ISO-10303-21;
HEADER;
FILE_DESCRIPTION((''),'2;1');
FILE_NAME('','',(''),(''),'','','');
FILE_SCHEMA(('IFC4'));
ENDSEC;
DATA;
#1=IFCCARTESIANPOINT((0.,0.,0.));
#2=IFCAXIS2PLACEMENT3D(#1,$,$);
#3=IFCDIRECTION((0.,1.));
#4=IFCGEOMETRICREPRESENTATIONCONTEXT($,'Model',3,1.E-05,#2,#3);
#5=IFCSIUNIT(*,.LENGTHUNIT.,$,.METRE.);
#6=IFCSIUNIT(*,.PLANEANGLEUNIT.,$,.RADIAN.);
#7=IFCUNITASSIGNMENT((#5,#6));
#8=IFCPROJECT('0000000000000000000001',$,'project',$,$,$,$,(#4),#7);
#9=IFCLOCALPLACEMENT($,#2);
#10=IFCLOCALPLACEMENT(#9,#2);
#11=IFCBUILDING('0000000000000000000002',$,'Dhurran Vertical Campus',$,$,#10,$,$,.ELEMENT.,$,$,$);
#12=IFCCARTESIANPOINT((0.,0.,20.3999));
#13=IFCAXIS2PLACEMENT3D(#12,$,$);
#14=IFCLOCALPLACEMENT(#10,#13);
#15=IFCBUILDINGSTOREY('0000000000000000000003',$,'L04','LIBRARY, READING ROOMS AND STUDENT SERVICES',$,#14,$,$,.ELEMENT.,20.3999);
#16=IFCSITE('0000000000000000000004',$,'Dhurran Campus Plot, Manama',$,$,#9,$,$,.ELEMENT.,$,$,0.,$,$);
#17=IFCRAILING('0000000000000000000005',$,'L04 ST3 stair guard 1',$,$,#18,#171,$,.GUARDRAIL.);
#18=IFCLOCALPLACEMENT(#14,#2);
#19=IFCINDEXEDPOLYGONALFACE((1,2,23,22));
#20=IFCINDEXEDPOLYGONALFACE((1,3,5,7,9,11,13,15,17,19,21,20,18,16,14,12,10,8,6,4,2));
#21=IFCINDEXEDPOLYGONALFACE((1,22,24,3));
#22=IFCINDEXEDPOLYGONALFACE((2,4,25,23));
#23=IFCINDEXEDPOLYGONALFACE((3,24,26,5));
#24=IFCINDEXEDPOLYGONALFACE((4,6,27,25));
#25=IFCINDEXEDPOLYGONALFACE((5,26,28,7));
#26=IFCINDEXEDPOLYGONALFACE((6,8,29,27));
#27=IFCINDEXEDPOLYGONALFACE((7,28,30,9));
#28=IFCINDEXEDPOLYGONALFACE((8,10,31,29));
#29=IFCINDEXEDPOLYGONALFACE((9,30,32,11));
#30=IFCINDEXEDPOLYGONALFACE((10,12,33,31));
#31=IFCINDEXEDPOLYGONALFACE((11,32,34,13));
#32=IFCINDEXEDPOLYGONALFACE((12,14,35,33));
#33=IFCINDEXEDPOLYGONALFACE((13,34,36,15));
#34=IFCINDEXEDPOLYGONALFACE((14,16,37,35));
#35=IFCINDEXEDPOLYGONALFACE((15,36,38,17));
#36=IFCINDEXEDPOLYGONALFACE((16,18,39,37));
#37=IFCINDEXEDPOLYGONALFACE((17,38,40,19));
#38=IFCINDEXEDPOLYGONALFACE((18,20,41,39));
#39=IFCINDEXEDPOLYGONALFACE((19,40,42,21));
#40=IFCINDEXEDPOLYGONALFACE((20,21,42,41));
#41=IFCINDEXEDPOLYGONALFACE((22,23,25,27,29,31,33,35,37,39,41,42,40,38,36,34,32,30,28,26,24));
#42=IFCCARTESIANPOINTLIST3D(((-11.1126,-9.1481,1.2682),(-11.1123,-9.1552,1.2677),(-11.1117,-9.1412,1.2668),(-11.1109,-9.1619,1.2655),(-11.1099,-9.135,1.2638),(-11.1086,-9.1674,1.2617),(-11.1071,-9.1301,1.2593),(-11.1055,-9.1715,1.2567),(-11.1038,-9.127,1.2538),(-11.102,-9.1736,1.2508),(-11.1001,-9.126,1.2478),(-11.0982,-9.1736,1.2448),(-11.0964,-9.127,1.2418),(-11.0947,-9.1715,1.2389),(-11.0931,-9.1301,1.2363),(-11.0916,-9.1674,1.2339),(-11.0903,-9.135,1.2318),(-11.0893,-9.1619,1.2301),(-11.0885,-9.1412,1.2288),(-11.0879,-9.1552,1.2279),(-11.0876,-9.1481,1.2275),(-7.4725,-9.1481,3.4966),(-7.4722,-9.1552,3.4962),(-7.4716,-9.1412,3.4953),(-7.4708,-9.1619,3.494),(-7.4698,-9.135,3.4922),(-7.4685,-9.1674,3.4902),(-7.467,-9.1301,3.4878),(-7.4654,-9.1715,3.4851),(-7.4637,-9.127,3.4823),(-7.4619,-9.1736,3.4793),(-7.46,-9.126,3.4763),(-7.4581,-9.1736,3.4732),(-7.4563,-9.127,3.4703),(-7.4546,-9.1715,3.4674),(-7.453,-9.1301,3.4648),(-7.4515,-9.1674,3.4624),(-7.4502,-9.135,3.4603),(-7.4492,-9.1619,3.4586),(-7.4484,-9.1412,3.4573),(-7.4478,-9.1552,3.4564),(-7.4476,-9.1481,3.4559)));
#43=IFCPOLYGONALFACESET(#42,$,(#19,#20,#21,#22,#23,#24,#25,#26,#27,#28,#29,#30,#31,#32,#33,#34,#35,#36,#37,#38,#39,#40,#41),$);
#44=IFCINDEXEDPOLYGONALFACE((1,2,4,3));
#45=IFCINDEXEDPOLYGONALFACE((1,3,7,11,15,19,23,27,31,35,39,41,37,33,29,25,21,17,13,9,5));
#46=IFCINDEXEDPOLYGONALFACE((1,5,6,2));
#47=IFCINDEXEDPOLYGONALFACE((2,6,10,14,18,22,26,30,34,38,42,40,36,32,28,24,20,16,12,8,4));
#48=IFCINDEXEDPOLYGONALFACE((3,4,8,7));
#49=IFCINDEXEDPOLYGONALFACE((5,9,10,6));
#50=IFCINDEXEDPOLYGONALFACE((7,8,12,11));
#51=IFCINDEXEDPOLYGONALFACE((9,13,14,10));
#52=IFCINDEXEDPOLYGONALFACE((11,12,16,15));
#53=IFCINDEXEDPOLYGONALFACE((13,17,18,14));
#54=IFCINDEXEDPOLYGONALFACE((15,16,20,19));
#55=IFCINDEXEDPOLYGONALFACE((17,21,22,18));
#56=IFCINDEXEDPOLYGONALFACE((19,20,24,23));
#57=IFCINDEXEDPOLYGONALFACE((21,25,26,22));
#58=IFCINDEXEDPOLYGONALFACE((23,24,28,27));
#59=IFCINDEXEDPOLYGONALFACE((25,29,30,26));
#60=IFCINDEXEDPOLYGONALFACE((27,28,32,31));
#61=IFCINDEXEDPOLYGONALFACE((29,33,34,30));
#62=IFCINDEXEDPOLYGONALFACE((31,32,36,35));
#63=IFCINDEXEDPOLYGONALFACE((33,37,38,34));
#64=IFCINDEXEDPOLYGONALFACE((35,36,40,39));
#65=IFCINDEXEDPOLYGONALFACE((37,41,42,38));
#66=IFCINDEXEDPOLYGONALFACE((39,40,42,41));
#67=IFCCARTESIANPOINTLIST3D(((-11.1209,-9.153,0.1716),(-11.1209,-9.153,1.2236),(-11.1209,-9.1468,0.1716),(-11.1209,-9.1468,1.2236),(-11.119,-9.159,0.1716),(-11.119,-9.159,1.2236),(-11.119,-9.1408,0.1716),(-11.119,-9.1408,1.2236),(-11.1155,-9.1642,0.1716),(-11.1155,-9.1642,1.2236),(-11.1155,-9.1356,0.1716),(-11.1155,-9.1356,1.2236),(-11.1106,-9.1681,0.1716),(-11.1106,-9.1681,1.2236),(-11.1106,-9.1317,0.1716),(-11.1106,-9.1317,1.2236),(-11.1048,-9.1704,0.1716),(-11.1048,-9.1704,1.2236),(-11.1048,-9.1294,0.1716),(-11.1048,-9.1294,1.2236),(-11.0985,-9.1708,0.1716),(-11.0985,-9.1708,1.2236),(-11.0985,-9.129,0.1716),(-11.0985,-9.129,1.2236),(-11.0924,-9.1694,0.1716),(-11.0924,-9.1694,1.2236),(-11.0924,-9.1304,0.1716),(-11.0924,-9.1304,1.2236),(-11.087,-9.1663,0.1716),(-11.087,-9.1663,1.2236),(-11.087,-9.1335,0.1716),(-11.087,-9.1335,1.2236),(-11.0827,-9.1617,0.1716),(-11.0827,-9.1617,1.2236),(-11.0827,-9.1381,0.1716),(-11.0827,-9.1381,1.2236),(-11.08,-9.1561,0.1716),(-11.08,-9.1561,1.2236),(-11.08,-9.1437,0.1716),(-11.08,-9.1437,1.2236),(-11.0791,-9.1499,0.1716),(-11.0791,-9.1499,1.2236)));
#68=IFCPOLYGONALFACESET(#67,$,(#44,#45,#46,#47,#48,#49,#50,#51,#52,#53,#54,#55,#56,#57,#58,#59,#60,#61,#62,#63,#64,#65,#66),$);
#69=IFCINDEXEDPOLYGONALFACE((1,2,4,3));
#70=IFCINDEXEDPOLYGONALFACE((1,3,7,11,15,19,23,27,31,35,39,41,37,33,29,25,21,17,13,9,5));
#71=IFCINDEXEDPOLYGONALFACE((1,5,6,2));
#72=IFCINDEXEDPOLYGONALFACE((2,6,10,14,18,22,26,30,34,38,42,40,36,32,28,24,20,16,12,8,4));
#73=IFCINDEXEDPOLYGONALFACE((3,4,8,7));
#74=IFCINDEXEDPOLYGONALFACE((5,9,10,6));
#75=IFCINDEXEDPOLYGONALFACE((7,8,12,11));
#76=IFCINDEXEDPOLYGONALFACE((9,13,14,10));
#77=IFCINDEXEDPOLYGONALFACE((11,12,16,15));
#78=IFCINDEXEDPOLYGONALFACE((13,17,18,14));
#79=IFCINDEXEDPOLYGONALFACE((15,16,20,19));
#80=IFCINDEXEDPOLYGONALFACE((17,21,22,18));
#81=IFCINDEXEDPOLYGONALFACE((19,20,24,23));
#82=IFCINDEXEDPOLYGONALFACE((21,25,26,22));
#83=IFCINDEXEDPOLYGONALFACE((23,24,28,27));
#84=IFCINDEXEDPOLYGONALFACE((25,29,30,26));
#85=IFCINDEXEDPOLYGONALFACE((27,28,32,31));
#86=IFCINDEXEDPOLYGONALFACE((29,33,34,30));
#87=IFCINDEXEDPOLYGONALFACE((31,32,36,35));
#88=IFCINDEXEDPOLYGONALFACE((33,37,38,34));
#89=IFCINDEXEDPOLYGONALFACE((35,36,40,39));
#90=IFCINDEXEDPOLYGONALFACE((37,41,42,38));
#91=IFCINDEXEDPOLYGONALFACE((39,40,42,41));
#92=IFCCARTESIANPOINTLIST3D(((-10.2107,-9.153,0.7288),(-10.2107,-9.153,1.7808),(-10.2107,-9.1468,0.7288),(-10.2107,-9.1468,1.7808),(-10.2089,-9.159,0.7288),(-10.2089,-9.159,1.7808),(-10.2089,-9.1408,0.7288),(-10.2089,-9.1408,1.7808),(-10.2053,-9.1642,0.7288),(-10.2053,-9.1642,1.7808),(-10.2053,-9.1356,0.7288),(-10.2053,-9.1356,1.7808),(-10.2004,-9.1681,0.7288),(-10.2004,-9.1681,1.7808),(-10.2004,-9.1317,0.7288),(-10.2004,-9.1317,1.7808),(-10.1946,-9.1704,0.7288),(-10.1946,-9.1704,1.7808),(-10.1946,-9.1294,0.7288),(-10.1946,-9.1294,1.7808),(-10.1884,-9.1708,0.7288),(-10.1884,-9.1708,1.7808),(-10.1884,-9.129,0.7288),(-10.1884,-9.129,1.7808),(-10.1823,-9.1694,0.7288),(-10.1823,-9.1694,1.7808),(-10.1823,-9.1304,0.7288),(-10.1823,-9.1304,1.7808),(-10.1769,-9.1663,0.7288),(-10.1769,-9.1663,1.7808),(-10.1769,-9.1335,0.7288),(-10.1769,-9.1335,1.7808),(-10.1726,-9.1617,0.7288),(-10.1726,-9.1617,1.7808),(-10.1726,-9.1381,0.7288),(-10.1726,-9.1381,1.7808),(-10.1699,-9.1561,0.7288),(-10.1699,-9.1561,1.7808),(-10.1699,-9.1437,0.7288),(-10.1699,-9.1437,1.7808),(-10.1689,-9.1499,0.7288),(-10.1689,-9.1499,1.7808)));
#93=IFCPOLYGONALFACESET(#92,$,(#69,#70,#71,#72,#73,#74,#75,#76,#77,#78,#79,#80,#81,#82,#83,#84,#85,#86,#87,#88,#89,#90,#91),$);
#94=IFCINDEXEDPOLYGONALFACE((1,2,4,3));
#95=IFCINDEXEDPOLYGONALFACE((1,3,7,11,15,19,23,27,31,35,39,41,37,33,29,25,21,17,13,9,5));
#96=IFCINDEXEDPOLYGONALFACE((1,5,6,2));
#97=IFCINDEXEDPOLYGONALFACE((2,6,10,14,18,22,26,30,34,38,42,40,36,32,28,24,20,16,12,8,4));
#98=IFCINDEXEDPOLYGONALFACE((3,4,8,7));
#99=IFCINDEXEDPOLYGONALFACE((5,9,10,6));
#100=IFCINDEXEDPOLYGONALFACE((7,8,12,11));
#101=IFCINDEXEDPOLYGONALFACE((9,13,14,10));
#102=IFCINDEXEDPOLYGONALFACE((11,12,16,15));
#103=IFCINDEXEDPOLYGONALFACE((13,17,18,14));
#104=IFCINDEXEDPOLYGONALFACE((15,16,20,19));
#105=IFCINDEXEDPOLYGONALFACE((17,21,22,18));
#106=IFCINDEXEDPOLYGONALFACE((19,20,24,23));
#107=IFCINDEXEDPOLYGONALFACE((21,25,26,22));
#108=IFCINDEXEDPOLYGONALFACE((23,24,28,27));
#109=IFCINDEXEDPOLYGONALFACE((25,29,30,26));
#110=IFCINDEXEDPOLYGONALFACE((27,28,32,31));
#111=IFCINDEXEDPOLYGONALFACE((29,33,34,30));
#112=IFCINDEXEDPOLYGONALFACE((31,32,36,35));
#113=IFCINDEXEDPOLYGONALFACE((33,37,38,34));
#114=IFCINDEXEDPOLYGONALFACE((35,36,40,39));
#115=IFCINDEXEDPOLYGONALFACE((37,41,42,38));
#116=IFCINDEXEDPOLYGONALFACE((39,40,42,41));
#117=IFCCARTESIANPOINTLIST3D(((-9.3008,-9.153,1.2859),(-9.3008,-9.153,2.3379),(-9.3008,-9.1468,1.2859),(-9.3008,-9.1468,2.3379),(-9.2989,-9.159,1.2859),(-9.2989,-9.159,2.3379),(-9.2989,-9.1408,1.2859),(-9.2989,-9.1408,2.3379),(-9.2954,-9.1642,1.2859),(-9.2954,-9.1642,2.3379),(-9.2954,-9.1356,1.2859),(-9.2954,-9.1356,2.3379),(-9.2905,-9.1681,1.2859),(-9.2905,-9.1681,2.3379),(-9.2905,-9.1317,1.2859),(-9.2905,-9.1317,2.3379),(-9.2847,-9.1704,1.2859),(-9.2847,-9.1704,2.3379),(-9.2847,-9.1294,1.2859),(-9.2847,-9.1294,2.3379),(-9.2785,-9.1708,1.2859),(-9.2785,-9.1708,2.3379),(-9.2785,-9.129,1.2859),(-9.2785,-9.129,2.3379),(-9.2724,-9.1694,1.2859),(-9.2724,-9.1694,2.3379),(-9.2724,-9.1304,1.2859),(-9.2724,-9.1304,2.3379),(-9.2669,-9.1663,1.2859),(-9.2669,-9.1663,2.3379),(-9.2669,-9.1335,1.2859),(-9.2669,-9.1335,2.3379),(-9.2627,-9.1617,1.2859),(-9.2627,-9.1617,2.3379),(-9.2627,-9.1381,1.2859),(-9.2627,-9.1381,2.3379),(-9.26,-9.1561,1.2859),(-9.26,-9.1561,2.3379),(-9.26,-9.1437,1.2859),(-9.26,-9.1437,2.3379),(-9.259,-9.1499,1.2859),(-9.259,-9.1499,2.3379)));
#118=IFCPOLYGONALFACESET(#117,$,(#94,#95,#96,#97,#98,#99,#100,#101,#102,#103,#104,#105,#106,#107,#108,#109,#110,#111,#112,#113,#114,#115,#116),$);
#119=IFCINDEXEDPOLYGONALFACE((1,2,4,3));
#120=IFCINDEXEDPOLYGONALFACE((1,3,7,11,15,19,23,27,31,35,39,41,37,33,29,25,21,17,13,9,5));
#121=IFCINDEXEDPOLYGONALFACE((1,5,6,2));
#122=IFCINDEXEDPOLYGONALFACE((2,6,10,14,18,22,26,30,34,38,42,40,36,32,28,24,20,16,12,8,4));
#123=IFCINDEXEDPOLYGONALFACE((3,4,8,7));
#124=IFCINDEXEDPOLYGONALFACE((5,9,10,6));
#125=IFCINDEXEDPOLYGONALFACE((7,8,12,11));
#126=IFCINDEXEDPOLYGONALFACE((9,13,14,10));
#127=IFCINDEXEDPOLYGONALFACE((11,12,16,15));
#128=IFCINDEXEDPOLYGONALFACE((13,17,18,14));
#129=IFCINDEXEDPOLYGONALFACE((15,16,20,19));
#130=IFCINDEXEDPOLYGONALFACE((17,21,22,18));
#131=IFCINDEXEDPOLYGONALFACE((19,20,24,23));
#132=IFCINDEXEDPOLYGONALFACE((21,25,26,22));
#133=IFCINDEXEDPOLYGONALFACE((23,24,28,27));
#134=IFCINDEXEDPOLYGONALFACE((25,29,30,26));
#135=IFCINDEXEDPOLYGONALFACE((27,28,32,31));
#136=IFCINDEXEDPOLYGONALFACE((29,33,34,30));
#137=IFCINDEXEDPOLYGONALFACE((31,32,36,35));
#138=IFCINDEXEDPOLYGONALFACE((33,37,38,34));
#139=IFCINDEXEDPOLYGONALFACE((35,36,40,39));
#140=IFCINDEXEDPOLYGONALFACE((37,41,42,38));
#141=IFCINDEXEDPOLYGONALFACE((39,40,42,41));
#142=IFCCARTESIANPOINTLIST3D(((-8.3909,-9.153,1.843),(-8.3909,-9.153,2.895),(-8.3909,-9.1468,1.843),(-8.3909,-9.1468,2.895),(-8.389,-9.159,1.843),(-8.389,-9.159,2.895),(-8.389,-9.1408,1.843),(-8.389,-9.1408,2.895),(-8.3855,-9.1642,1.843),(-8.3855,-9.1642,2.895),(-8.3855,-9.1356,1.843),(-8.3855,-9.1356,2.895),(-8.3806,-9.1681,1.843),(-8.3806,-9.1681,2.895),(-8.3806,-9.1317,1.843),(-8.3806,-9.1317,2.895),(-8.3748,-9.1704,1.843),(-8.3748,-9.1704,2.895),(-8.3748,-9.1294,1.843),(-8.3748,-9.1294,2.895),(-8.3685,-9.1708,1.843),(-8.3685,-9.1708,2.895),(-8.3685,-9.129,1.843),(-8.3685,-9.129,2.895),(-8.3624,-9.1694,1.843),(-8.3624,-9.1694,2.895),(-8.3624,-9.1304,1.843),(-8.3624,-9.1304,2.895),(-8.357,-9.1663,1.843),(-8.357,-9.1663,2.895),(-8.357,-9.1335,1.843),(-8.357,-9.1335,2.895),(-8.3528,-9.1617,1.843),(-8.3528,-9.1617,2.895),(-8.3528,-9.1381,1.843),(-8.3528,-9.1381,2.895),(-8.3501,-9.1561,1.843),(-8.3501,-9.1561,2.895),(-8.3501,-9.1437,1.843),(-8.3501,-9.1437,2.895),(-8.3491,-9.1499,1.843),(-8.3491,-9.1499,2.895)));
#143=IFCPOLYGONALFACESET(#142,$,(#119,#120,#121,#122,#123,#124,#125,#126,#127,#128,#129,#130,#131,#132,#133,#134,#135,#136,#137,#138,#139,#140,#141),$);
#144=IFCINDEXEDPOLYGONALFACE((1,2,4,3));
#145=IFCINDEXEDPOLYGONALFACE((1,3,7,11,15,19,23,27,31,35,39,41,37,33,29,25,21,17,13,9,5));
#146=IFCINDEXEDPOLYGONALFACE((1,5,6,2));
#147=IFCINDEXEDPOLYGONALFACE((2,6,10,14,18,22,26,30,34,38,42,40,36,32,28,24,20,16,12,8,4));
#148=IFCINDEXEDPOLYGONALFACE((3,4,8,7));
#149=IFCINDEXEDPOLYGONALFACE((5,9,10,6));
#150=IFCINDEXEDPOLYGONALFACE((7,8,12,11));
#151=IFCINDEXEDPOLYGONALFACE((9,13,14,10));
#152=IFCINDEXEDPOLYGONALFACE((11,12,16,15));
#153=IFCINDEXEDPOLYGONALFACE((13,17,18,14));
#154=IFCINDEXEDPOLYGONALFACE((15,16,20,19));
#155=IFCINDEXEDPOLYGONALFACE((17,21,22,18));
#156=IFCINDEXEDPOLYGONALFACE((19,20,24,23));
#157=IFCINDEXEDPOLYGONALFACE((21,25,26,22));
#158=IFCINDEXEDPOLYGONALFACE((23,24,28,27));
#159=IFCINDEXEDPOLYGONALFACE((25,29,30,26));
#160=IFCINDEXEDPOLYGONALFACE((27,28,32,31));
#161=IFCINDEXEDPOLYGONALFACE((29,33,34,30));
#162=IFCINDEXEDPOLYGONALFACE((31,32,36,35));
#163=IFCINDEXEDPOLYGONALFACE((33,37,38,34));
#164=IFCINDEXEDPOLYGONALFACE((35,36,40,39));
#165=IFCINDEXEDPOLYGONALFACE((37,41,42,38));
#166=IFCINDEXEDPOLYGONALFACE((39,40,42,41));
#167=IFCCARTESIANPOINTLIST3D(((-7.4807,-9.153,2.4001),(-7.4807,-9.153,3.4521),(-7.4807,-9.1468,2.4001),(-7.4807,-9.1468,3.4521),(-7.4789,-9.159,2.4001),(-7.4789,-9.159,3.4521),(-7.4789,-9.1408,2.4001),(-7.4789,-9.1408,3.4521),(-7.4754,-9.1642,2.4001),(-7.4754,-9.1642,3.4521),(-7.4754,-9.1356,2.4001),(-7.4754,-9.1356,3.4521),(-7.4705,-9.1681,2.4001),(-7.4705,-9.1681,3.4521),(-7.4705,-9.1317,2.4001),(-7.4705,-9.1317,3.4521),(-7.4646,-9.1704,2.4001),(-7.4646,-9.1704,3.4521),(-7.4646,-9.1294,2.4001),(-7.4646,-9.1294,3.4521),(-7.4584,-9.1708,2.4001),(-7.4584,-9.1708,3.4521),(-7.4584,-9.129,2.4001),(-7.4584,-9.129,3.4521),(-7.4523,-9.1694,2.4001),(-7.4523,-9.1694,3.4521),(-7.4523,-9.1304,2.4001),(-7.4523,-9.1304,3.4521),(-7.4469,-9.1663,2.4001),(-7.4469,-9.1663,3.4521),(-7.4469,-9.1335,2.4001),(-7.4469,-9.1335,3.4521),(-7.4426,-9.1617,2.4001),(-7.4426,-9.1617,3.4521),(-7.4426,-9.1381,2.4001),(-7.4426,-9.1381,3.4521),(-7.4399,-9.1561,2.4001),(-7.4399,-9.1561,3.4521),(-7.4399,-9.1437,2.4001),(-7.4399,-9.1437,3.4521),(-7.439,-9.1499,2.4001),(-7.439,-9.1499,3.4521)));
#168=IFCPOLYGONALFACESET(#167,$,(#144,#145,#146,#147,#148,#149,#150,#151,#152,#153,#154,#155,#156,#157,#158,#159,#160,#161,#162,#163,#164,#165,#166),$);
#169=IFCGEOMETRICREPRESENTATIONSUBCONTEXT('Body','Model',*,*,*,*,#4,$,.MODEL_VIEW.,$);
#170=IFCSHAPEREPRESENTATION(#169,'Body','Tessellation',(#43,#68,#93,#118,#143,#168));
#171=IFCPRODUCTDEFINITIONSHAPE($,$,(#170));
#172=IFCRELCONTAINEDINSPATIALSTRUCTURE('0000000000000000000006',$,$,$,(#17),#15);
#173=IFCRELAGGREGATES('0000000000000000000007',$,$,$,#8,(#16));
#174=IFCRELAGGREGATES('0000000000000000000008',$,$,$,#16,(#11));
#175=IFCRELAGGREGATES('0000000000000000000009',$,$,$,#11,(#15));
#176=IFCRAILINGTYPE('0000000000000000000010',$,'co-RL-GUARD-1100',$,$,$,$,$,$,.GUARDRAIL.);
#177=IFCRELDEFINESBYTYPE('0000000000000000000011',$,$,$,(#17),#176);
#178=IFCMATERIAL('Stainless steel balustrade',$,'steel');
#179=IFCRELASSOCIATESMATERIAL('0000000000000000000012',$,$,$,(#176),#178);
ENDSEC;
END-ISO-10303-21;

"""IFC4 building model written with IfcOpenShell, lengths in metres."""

from ifc_helpers import new_model, si_unit, direction, frame, origin, origin_2d, place, context, subcontext, project, spatial, circle, extrude, material, type_object, element, save


model = new_model("IFC4")

# Units and contexts
model_context = context("Model", 3, precision=1e-05, world=origin(), true_north=direction((0.0, 1.0)))
body_context = subcontext(model_context, "Body", "Model", "MODEL_VIEW")
ifc_project = project(units=[si_unit("LENGTHUNIT", "METRE"), si_unit("PLANEANGLEUNIT", "RADIAN")], contexts=[model_context])

# Site, building, storey
site_placement = place(None, origin())
site = spatial("IfcSite", under=ifc_project, at=site_placement, Name="Dhurran Campus Plot, Manama", CompositionType="ELEMENT", RefElevation=0.0)
building_placement = place(site_placement, origin())
building = spatial("IfcBuilding", under=site, at=building_placement, Name="Dhurran Vertical Campus", CompositionType="ELEMENT")
storey_placement = place(building_placement, frame((0.0, 0.0, 20.3999)))
storey = spatial("IfcBuildingStorey", under=building, at=storey_placement, Name="L04", Description="LIBRARY, READING ROOMS AND STUDENT SERVICES", CompositionType="ELEMENT", Elevation=20.3999)

# Railing
ifc_material_1 = material(Name="Stainless steel balustrade", Category="steel")
railing_type_1 = type_object("IfcRailingType", Name="co-RL-GUARD-1100", PredefinedType="GUARDRAIL", material=ifc_material_1)
railing_1_placement = place(storey_placement, frame((-11.1001, -9.1499, 0.1716)))
element("IfcRailing", 1, at=railing_1_placement, inside=storey, type_object=railing_type_1, Name="L04 ST3 stair guard 1", PredefinedType="GUARDRAIL", context=body_context, shape_type="SweptSolid", body=[
    extrude(circle(Radius=0.0239, at=origin_2d()), frame((0.0, 0.0, 1.0762), z_axis=(0.852866, 0.0, 0.52213), x_axis=(0.0, 1.0, 0.0)), (0.0, 0.0, 1.0), 4.2681),
    extrude(circle(Radius=0.021, at=origin_2d()), origin(), (0.0, 0.0, 1.0), 1.052),
    extrude(circle(Radius=0.021, at=origin_2d()), frame((0.9102, 0.0, 0.5571)), (0.0, 0.0, 1.0), 1.052),
    extrude(circle(Radius=0.021, at=origin_2d()), frame((1.8201, 0.0, 1.1143)), (0.0, 0.0, 1.0), 1.052),
    extrude(circle(Radius=0.021, at=origin_2d()), frame((2.73, 0.0, 1.6714)), (0.0, 0.0, 1.0), 1.052),
    extrude(circle(Radius=0.021, at=origin_2d()), frame((3.6401, 0.0, 2.2285)), (0.0, 0.0, 1.0), 1.052),
])

save(model, "model.ifc")
